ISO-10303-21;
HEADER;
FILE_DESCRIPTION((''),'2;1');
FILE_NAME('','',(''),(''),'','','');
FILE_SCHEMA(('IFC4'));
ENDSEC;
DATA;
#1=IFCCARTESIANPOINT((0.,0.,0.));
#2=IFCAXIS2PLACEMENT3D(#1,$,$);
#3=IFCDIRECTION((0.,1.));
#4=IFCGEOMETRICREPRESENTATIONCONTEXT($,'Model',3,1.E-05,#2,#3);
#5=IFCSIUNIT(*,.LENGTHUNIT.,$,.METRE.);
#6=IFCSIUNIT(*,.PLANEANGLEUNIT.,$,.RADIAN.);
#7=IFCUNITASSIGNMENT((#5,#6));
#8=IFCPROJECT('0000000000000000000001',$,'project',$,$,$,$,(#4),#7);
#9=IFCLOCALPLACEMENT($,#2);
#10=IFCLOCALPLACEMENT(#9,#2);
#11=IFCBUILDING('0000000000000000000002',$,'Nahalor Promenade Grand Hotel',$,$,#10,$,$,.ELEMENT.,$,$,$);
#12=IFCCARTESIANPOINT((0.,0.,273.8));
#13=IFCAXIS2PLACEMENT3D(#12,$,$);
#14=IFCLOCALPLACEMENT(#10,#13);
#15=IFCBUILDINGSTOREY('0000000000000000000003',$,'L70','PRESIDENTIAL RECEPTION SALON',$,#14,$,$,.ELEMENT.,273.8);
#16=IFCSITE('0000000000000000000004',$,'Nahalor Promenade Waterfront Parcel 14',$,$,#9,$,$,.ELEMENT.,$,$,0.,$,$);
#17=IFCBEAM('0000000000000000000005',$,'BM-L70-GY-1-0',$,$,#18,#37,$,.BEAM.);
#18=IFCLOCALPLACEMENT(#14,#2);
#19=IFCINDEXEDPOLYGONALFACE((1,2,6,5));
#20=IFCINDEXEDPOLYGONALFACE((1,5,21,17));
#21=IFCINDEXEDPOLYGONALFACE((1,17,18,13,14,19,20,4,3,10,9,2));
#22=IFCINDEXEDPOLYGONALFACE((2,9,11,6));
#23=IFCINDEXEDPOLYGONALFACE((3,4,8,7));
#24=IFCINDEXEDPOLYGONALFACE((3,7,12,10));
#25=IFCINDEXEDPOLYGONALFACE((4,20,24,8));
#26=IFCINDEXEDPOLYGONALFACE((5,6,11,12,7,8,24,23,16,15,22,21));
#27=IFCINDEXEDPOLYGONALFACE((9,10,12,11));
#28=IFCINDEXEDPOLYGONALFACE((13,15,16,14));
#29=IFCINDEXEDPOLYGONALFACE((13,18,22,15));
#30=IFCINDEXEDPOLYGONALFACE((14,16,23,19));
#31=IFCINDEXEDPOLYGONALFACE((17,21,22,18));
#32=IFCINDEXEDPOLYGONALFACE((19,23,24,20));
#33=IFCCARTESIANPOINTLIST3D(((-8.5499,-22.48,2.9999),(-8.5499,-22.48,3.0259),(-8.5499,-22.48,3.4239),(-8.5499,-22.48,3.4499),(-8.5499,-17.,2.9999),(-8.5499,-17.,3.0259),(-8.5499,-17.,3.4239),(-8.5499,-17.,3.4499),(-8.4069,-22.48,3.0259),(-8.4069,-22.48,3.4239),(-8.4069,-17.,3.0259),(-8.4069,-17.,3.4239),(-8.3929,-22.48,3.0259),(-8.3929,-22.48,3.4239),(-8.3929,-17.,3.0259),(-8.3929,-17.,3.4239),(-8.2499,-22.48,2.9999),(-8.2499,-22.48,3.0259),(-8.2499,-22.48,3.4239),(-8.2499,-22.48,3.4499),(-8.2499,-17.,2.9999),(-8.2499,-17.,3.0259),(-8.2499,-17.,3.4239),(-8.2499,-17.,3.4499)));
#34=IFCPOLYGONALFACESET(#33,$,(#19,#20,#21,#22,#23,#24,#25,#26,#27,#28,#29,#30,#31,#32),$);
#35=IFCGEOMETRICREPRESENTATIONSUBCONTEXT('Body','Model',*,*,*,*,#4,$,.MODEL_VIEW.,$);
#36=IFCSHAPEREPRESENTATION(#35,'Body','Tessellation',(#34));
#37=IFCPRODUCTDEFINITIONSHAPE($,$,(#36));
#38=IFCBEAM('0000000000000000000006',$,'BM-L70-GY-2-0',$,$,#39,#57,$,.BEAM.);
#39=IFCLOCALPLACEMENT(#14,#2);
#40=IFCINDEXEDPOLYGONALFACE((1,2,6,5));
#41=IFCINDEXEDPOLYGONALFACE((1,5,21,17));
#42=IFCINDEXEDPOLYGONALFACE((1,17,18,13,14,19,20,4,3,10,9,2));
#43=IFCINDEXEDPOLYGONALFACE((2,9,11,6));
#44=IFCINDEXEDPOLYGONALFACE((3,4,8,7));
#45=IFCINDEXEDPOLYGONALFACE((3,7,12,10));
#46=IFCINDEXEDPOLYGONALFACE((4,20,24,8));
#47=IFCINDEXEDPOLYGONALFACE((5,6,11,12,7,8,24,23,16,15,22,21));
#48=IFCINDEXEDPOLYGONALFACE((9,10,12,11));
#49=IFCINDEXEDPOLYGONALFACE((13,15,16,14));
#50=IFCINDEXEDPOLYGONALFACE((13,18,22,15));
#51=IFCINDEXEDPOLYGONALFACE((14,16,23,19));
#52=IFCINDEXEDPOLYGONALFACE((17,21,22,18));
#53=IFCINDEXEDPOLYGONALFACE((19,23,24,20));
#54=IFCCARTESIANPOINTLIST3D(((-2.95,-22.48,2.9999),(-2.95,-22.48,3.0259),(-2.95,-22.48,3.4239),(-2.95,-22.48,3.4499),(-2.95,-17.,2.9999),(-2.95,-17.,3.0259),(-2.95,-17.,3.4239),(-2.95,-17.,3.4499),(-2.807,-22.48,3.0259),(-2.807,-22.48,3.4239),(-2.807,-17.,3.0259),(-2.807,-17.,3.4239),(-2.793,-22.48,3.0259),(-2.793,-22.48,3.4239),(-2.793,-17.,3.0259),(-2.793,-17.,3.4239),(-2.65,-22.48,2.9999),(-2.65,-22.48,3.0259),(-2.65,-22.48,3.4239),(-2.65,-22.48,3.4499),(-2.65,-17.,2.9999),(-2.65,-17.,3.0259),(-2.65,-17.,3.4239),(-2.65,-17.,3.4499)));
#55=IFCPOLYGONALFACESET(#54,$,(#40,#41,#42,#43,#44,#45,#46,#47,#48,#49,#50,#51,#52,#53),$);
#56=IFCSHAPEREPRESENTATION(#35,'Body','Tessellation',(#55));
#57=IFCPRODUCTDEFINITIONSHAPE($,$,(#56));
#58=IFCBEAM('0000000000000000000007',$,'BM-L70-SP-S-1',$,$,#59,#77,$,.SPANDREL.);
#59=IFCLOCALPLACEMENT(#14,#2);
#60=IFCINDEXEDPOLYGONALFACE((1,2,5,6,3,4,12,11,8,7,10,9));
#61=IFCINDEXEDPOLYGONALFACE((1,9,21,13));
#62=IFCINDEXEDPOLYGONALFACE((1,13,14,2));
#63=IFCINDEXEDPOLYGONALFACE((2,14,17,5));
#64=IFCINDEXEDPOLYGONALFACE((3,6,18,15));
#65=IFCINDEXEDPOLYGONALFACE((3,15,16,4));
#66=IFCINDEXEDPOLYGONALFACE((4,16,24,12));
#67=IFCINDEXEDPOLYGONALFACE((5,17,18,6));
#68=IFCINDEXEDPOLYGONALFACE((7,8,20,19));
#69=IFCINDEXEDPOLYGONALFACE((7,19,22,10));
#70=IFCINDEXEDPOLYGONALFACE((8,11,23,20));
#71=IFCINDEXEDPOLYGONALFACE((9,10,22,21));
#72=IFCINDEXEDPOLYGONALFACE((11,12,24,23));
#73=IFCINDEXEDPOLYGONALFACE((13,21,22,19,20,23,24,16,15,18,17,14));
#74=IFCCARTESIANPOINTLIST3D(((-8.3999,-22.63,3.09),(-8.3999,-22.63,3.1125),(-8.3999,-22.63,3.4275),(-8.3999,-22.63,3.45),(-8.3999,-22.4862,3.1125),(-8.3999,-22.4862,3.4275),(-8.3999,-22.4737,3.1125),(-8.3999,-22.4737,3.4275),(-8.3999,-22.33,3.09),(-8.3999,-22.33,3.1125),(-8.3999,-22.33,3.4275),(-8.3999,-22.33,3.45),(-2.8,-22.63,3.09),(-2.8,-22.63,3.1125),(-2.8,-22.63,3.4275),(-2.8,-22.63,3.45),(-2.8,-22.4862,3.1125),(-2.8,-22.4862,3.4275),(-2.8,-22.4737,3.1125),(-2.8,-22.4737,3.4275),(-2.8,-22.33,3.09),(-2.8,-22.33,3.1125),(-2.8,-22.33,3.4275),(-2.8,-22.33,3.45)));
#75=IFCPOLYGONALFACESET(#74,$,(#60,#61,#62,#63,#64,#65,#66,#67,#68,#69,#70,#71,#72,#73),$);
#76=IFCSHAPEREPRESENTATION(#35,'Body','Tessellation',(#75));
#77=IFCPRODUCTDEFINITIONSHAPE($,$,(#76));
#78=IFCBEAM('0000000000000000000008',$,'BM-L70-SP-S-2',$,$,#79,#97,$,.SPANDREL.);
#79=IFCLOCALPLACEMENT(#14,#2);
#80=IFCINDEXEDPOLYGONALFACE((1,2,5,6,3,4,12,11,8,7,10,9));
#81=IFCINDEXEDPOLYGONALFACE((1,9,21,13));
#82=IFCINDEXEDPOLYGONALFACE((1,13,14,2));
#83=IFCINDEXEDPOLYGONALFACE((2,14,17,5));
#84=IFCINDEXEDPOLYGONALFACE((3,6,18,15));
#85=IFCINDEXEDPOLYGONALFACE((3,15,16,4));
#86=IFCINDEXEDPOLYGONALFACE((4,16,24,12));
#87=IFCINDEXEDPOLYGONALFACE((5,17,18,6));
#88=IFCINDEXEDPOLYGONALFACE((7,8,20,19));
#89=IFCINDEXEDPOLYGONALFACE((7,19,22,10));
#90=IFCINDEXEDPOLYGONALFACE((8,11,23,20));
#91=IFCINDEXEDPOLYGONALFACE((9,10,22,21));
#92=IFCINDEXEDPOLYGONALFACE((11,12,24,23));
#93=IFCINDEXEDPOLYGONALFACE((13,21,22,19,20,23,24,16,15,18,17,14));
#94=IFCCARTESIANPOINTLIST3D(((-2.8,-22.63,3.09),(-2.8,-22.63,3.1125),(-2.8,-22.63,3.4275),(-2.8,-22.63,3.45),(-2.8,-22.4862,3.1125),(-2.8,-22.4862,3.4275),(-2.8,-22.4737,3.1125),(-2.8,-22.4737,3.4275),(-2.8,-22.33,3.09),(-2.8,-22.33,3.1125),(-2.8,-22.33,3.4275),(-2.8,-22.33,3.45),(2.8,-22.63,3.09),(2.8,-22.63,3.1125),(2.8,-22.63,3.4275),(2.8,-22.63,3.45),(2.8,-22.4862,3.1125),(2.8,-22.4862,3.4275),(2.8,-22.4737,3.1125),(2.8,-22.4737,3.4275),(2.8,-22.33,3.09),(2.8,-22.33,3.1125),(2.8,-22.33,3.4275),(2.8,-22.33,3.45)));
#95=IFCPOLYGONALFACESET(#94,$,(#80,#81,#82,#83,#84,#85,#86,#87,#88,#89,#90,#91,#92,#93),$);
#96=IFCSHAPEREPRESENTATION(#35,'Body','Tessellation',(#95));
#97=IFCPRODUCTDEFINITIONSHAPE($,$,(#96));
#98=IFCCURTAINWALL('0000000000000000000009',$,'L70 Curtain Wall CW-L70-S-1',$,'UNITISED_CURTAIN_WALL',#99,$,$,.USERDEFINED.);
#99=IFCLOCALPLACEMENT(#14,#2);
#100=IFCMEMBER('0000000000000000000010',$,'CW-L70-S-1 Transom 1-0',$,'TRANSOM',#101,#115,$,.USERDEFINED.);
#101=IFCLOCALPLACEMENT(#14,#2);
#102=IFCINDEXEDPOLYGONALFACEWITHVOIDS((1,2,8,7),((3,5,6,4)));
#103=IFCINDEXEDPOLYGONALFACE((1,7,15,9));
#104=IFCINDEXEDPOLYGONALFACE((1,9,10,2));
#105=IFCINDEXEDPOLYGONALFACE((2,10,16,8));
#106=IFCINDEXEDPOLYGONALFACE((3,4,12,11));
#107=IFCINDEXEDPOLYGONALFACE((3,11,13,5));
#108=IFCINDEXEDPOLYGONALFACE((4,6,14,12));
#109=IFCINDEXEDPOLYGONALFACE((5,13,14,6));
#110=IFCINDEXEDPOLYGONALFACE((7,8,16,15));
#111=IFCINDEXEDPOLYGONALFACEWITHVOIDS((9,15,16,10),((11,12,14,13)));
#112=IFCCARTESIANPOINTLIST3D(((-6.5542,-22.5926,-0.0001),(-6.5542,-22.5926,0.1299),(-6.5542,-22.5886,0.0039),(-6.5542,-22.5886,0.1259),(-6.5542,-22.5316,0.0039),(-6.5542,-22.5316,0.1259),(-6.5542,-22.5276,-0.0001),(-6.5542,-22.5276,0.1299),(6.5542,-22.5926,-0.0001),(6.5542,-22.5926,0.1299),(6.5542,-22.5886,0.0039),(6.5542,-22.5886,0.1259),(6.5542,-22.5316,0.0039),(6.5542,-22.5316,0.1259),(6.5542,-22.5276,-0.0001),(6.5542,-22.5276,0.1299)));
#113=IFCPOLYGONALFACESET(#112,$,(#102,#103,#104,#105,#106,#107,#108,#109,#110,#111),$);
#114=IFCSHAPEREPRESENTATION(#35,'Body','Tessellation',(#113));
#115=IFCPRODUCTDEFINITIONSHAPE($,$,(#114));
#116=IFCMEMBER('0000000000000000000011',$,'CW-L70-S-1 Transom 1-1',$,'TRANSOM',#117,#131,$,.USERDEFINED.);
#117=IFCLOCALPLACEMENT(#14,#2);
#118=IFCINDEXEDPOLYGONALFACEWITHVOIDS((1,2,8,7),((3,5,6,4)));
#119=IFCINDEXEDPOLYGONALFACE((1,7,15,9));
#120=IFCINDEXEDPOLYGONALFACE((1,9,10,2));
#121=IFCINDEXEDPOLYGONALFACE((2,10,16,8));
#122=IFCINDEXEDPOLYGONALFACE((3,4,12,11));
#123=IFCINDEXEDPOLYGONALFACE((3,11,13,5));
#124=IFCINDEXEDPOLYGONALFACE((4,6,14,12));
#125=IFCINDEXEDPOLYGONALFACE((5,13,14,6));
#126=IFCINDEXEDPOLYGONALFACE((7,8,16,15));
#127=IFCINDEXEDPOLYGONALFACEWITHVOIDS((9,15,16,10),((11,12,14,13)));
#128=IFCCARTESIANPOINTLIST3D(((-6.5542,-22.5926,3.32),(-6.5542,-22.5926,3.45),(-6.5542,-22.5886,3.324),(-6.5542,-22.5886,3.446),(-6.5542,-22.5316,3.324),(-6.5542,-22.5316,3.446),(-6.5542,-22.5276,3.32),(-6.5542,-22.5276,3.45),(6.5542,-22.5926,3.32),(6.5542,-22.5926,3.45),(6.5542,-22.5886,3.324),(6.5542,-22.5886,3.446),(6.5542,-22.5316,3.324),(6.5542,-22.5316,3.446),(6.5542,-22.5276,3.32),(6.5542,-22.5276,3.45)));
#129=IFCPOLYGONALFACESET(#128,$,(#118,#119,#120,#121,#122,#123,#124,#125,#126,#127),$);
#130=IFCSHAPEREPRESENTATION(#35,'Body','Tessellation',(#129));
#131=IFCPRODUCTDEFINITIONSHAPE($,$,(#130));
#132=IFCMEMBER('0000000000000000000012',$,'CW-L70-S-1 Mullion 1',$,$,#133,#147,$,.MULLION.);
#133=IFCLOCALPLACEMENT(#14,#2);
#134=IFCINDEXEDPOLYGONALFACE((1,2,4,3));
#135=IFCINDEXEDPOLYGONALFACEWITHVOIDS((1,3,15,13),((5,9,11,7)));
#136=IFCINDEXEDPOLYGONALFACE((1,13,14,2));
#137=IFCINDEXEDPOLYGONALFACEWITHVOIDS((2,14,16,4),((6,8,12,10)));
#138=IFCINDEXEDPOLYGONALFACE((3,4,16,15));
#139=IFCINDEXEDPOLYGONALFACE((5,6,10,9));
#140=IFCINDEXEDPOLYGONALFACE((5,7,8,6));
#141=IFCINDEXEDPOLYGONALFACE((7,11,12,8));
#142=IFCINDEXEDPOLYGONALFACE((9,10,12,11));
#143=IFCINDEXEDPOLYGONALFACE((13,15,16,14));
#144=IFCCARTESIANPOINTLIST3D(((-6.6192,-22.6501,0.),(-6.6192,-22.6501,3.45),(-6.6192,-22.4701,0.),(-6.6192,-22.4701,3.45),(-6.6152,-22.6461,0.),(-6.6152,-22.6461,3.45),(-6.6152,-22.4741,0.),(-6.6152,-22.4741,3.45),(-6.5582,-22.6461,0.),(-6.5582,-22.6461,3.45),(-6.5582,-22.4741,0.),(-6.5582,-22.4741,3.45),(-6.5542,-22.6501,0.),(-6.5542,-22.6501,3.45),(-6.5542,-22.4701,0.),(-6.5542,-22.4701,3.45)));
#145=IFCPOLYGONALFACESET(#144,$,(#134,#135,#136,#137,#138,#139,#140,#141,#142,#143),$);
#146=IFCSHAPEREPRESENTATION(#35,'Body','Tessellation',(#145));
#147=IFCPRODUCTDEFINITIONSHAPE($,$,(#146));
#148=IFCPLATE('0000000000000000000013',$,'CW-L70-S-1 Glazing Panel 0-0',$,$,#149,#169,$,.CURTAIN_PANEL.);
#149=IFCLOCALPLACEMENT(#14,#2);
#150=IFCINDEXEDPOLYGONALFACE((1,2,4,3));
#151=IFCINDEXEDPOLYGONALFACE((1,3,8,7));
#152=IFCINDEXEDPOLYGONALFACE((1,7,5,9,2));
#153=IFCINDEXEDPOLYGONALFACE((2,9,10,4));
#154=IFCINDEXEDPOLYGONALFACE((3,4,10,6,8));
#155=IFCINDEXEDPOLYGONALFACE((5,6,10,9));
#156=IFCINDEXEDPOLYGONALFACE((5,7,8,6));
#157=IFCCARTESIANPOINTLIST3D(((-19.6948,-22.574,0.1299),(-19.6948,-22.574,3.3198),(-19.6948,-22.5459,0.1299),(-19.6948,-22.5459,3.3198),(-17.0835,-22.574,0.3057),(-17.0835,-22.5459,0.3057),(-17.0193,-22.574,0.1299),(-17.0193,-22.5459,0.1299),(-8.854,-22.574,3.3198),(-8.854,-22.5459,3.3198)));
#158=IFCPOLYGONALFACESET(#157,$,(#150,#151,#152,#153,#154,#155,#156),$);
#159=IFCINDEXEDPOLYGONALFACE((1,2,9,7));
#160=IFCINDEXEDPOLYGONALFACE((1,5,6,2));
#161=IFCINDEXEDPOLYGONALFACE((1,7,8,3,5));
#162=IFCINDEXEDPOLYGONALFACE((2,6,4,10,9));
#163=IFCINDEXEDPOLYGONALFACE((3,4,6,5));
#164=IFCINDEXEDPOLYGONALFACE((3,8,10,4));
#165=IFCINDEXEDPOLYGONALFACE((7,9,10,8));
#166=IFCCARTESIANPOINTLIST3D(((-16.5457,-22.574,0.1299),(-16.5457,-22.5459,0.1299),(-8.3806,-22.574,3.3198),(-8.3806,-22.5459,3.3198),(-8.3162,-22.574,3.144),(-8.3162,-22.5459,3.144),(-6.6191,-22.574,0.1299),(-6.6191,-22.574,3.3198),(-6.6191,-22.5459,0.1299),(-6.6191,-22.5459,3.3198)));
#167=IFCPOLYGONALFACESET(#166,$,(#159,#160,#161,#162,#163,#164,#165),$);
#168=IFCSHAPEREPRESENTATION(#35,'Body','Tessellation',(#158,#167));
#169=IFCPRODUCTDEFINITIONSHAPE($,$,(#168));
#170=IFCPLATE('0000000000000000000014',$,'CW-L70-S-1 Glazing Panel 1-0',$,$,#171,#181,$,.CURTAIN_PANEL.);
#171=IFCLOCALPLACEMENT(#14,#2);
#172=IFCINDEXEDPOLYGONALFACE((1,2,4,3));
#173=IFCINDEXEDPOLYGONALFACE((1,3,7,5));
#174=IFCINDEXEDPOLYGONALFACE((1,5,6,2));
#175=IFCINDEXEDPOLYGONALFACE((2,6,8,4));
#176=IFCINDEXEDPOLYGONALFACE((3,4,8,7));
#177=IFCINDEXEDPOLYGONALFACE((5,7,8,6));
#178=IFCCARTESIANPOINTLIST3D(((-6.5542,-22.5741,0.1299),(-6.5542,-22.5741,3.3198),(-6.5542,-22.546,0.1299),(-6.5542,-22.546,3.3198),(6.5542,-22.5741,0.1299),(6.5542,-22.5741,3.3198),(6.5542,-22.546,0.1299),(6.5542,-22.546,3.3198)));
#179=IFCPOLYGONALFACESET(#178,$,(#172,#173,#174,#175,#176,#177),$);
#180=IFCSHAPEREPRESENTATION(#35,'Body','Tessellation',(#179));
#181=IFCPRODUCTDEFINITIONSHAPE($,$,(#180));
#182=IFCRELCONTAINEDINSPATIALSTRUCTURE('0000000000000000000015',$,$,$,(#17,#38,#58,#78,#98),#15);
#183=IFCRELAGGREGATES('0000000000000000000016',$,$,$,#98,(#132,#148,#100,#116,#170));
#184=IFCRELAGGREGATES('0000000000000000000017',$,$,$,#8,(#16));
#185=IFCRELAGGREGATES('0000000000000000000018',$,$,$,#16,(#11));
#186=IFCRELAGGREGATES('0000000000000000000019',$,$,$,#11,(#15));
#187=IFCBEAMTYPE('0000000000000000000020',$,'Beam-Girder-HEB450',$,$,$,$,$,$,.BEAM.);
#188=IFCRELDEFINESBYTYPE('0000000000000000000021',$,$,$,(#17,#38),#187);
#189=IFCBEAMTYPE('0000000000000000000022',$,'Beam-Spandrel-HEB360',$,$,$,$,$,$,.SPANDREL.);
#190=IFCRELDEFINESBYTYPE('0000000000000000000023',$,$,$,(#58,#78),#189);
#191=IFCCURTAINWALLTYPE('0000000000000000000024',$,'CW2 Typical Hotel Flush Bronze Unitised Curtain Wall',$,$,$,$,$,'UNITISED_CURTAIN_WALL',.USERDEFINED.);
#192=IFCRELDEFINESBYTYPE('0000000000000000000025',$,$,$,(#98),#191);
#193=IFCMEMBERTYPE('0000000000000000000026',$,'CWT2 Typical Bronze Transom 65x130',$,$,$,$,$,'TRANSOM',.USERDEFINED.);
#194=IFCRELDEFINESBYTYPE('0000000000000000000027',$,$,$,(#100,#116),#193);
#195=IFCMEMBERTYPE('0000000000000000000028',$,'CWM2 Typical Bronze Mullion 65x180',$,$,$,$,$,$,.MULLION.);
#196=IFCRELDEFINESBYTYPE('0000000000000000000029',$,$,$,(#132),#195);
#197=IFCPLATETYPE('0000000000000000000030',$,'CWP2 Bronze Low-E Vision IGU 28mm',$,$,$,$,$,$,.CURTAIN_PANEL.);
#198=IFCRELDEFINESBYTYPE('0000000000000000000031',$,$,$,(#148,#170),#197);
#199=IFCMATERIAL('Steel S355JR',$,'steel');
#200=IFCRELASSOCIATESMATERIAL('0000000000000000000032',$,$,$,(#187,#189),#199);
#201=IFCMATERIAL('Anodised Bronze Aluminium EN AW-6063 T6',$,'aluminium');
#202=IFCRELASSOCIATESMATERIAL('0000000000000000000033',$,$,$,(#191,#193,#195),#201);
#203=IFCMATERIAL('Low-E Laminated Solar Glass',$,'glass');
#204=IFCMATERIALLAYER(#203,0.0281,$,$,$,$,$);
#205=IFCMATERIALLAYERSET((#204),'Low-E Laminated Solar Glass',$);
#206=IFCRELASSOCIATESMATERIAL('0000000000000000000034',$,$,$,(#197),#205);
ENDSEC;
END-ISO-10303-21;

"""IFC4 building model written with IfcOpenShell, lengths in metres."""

from ifc_helpers import new_model, si_unit, direction, frame, origin, origin_2d, place, context, subcontext, project, spatial, polyline, rectangle, hollow_rectangle, i_section, outline, extrude, source, transform, mapped, material, layer, layer_set, material_profile, profile_set, type_object, element, aggregate, save


model = new_model("IFC4")

# Units and contexts
model_context = context("Model", 3, precision=1e-05, world=origin(), true_north=direction((0.0, 1.0)))
body_context = subcontext(model_context, "Body", "Model", "MODEL_VIEW")
ifc_project = project(units=[si_unit("LENGTHUNIT", "METRE"), si_unit("PLANEANGLEUNIT", "RADIAN")], contexts=[model_context])

# Site, building, storey
site_placement = place(None, origin())
site = spatial("IfcSite", under=ifc_project, at=site_placement, Name="Nahalor Promenade Waterfront Parcel 14", CompositionType="ELEMENT", RefElevation=0.0)
building_placement = place(site_placement, origin())
building = spatial("IfcBuilding", under=site, at=building_placement, Name="Nahalor Promenade Grand Hotel", CompositionType="ELEMENT")
storey_placement = place(building_placement, frame((0.0, 0.0, 273.8)))
storey = spatial("IfcBuildingStorey", under=building, at=storey_placement, Name="L70", Description="PRESIDENTIAL RECEPTION SALON", CompositionType="ELEMENT", Elevation=273.8)

# Shared definitions
ifc_material_1 = material(Name="Steel S355JR", Category="steel")

# Beams
ifc_material_profile_1 = material_profile(ifc_material_1, i_section(OverallWidth=0.3, OverallDepth=0.45, WebThickness=0.014, FlangeThickness=0.026, at=origin_2d()), Name="HEB 450")
ifc_profile_set_1 = profile_set([ifc_material_profile_1], Name="Steel S355JR")
beam_type_1 = type_object("IfcBeamType", Name="Beam-Girder-HEB450", PredefinedType="BEAM", material=ifc_profile_set_1)
shared_shape_1 = source(origin(), body_context, "Body", "SweptSolid", [
    extrude(i_section(OverallWidth=0.3, OverallDepth=0.45, WebThickness=0.014, FlangeThickness=0.026, at=origin_2d()), origin(), (0.0, 0.0, 1.0), 5.48),
])
for number, where, z_axis, x_axis, name in (
    (1, (-8.3999, -22.48, 3.2249), (0.0, 1.0, 0.0), (-1.0, 0.0, 0.0), "BM-L70-GY-1-0"),
    (2, (-2.8, -22.48, 3.2249), (0.0, 1.0, 0.0), (-1.0, 0.0, 0.0), "BM-L70-GY-2-0"),
):
    element("IfcBeam", number, at=place(storey_placement, frame(where, z_axis=z_axis, x_axis=x_axis)), inside=storey, type_object=beam_type_1, Name=name, PredefinedType="BEAM", context=body_context, shape_type="MappedRepresentation", body=[
        mapped(shared_shape_1, transform((0.0, 0.0, 0.0), scale=1.0)),
    ])
ifc_material_profile_2 = material_profile(ifc_material_1, i_section(OverallWidth=0.3, OverallDepth=0.36, WebThickness=0.0125, FlangeThickness=0.0225, at=origin_2d()), Name="HEB 360")
ifc_profile_set_2 = profile_set([ifc_material_profile_2], Name="Steel S355JR")
beam_type_2 = type_object("IfcBeamType", Name="Beam-Spandrel-HEB360", PredefinedType="SPANDREL", material=ifc_profile_set_2)
shared_shape_2 = source(origin(), body_context, "Body", "SweptSolid", [
    extrude(i_section(OverallWidth=0.3, OverallDepth=0.36, WebThickness=0.0125, FlangeThickness=0.0225, at=origin_2d()), origin(), (0.0, 0.0, 1.0), 5.5999),
])
beam_1_placement = place(storey_placement, frame((-8.3999, -22.48, 3.27), z_axis=(1.0, 0.0, 0.0), x_axis=(0.0, 1.0, 0.0)))
element("IfcBeam", 3, at=beam_1_placement, inside=storey, type_object=beam_type_2, Name="BM-L70-SP-S-1", PredefinedType="SPANDREL", context=body_context, shape_type="MappedRepresentation", body=[
    mapped(shared_shape_2, transform((0.0, 0.0, 0.0), scale=1.0)),
])
shared_shape_3 = source(origin(), body_context, "Body", "SweptSolid", [
    extrude(i_section(OverallWidth=0.3, OverallDepth=0.36, WebThickness=0.0125, FlangeThickness=0.0225, at=origin_2d()), origin(), (0.0, 0.0, 1.0), 5.6001),
])
beam_2_placement = place(storey_placement, frame((-2.8, -22.48, 3.27), z_axis=(1.0, 0.0, 0.0), x_axis=(0.0, 1.0, 0.0)))
element("IfcBeam", 4, at=beam_2_placement, inside=storey, type_object=beam_type_2, Name="BM-L70-SP-S-2", PredefinedType="SPANDREL", context=body_context, shape_type="MappedRepresentation", body=[
    mapped(shared_shape_3, transform((0.0, 0.0, 0.0), scale=1.0)),
])

# Curtain wall, members, plates
ifc_material_2 = material(Name="Anodised Bronze Aluminium EN AW-6063 T6", Category="aluminium")
curtain_wall_type = type_object("IfcCurtainWallType", Name="CW2 Typical Hotel Flush Bronze Unitised Curtain Wall", ElementType="UNITISED_CURTAIN_WALL", PredefinedType="USERDEFINED", material=ifc_material_2)
curtain_wall_placement = place(storey_placement, origin())
curtain_wall = element("IfcCurtainWall", 5, at=curtain_wall_placement, inside=storey, type_object=curtain_wall_type, Name="L70 Curtain Wall CW-L70-S-1", ObjectType="UNITISED_CURTAIN_WALL", PredefinedType="USERDEFINED")
ifc_material_profile_3 = material_profile(ifc_material_2, hollow_rectangle(XDim=0.065, YDim=0.13, WallThickness=0.004, at=origin_2d()), Name="CWT 65x130x4")
ifc_profile_set_3 = profile_set([ifc_material_profile_3], Name="Anodised Bronze Aluminium EN AW-6063 T6")
member_type_1 = type_object("IfcMemberType", Name="CWT2 Typical Bronze Transom 65x130", ElementType="TRANSOM", PredefinedType="USERDEFINED", material=ifc_profile_set_3)
shared_shape_4 = source(origin(), body_context, "Body", "SweptSolid", [
    extrude(hollow_rectangle(XDim=0.065, YDim=0.13, WallThickness=0.004, at=origin_2d()), origin(), (0.0, 0.0, 1.0), 13.1084),
])
member_1_placement = place(storey_placement, frame((-6.5542, -22.5601, 0.0649), z_axis=(1.0, 0.0, 0.0), x_axis=(0.0, 1.0, 0.0)))
member_1 = element("IfcMember", 6, at=member_1_placement, type_object=member_type_1, Name="CW-L70-S-1 Transom 1-0", ObjectType="TRANSOM", PredefinedType="USERDEFINED", context=body_context, shape_type="MappedRepresentation", body=[
    mapped(shared_shape_4, transform((0.0, 0.0, 0.0), scale=1.0)),
])
member_2_placement = place(storey_placement, frame((-6.5542, -22.5601, 3.385), z_axis=(1.0, 0.0, 0.0), x_axis=(0.0, 1.0, 0.0)))
member_2 = element("IfcMember", 7, at=member_2_placement, type_object=member_type_1, Name="CW-L70-S-1 Transom 1-1", ObjectType="TRANSOM", PredefinedType="USERDEFINED", context=body_context, shape_type="MappedRepresentation", body=[
    mapped(shared_shape_4, transform((0.0, 0.0, 0.0), scale=1.0)),
])
ifc_material_profile_4 = material_profile(ifc_material_2, hollow_rectangle(XDim=0.065, YDim=0.18, WallThickness=0.004, at=origin_2d()), Name="CWM 65x180x4")
ifc_profile_set_4 = profile_set([ifc_material_profile_4], Name="Anodised Bronze Aluminium EN AW-6063 T6")
member_type_2 = type_object("IfcMemberType", Name="CWM2 Typical Bronze Mullion 65x180", PredefinedType="MULLION", material=ifc_profile_set_4)
shared_shape_5 = source(origin(), body_context, "Body", "SweptSolid", [
    extrude(hollow_rectangle(XDim=0.065, YDim=0.18, WallThickness=0.004, at=origin_2d()), origin(), (0.0, 0.0, 1.0), 3.45),
])
member_3_placement = place(storey_placement, frame((-6.5867, -22.5601, 0.0), z_axis=(0.0, 0.0, 1.0), x_axis=(1.0, 0.0, 0.0)))
member_3 = element("IfcMember", 8, at=member_3_placement, type_object=member_type_2, Name="CW-L70-S-1 Mullion 1", PredefinedType="MULLION", context=body_context, shape_type="MappedRepresentation", body=[
    mapped(shared_shape_5, transform((0.0, 0.0, 0.0), scale=1.0)),
])
ifc_material_3 = material(Name="Low-E Laminated Solar Glass", Category="glass")
ifc_layer_1 = layer(ifc_material_3, 0.0281)
ifc_layer_set_1 = layer_set([ifc_layer_1], Name="Low-E Laminated Solar Glass")
plate_type = type_object("IfcPlateType", Name="CWP2 Bronze Low-E Vision IGU 28mm", PredefinedType="CURTAIN_PANEL", material=ifc_layer_set_1)
plate_1_placement = place(storey_placement, frame((-13.157, -22.5601, 0.1299), z_axis=(0.0, 0.0, 1.0), x_axis=(1.0, 0.0, 0.0)))
plate_1 = element("IfcPlate", 9, at=plate_1_placement, type_object=plate_type, Name="CW-L70-S-1 Glazing Panel 0-0", PredefinedType="CURTAIN_PANEL", context=body_context, shape_type="SweptSolid", body=[
    extrude(outline(polyline([(-6.5378, 3.1899), (-6.5378, 0.0), (-3.8623, 0.0), (-3.9265, 0.1758), (4.303, 3.1899), (-6.5378, 3.1899)])), frame((0.0, 0.0142, 0.0), z_axis=(0.0, -1.0, 0.0), x_axis=(1.0, 0.0, 0.0)), (0.0, 0.0, 1.0), 0.0281),
    extrude(outline(polyline([(6.5378, 0.0), (6.5378, 3.1899), (4.7764, 3.1899), (4.8408, 3.0142), (-3.3887, 0.0), (6.5378, 0.0)])), frame((0.0, 0.0142, 0.0), z_axis=(0.0, -1.0, 0.0), x_axis=(1.0, 0.0, 0.0)), (0.0, 0.0, 1.0), 0.0281),
])
shared_shape_6 = source(origin(), body_context, "Body", "SweptSolid", [
    extrude(rectangle(XDim=13.1084, YDim=0.0281, at=origin_2d()), origin(), (0.0, 0.0, 1.0), 3.1899),
])
plate_2_placement = place(storey_placement, frame((0.0, -22.5601, 0.1299), z_axis=(0.0, 0.0, 1.0), x_axis=(1.0, 0.0, 0.0)))
plate_2 = element("IfcPlate", 10, at=plate_2_placement, type_object=plate_type, Name="CW-L70-S-1 Glazing Panel 1-0", PredefinedType="CURTAIN_PANEL", context=body_context, shape_type="MappedRepresentation", body=[
    mapped(shared_shape_6, transform((0.0, 0.0, 0.0), scale=1.0)),
])
aggregate(curtain_wall, [member_3, plate_1, member_1, member_2, plate_2])

save(model, "model.ifc")
